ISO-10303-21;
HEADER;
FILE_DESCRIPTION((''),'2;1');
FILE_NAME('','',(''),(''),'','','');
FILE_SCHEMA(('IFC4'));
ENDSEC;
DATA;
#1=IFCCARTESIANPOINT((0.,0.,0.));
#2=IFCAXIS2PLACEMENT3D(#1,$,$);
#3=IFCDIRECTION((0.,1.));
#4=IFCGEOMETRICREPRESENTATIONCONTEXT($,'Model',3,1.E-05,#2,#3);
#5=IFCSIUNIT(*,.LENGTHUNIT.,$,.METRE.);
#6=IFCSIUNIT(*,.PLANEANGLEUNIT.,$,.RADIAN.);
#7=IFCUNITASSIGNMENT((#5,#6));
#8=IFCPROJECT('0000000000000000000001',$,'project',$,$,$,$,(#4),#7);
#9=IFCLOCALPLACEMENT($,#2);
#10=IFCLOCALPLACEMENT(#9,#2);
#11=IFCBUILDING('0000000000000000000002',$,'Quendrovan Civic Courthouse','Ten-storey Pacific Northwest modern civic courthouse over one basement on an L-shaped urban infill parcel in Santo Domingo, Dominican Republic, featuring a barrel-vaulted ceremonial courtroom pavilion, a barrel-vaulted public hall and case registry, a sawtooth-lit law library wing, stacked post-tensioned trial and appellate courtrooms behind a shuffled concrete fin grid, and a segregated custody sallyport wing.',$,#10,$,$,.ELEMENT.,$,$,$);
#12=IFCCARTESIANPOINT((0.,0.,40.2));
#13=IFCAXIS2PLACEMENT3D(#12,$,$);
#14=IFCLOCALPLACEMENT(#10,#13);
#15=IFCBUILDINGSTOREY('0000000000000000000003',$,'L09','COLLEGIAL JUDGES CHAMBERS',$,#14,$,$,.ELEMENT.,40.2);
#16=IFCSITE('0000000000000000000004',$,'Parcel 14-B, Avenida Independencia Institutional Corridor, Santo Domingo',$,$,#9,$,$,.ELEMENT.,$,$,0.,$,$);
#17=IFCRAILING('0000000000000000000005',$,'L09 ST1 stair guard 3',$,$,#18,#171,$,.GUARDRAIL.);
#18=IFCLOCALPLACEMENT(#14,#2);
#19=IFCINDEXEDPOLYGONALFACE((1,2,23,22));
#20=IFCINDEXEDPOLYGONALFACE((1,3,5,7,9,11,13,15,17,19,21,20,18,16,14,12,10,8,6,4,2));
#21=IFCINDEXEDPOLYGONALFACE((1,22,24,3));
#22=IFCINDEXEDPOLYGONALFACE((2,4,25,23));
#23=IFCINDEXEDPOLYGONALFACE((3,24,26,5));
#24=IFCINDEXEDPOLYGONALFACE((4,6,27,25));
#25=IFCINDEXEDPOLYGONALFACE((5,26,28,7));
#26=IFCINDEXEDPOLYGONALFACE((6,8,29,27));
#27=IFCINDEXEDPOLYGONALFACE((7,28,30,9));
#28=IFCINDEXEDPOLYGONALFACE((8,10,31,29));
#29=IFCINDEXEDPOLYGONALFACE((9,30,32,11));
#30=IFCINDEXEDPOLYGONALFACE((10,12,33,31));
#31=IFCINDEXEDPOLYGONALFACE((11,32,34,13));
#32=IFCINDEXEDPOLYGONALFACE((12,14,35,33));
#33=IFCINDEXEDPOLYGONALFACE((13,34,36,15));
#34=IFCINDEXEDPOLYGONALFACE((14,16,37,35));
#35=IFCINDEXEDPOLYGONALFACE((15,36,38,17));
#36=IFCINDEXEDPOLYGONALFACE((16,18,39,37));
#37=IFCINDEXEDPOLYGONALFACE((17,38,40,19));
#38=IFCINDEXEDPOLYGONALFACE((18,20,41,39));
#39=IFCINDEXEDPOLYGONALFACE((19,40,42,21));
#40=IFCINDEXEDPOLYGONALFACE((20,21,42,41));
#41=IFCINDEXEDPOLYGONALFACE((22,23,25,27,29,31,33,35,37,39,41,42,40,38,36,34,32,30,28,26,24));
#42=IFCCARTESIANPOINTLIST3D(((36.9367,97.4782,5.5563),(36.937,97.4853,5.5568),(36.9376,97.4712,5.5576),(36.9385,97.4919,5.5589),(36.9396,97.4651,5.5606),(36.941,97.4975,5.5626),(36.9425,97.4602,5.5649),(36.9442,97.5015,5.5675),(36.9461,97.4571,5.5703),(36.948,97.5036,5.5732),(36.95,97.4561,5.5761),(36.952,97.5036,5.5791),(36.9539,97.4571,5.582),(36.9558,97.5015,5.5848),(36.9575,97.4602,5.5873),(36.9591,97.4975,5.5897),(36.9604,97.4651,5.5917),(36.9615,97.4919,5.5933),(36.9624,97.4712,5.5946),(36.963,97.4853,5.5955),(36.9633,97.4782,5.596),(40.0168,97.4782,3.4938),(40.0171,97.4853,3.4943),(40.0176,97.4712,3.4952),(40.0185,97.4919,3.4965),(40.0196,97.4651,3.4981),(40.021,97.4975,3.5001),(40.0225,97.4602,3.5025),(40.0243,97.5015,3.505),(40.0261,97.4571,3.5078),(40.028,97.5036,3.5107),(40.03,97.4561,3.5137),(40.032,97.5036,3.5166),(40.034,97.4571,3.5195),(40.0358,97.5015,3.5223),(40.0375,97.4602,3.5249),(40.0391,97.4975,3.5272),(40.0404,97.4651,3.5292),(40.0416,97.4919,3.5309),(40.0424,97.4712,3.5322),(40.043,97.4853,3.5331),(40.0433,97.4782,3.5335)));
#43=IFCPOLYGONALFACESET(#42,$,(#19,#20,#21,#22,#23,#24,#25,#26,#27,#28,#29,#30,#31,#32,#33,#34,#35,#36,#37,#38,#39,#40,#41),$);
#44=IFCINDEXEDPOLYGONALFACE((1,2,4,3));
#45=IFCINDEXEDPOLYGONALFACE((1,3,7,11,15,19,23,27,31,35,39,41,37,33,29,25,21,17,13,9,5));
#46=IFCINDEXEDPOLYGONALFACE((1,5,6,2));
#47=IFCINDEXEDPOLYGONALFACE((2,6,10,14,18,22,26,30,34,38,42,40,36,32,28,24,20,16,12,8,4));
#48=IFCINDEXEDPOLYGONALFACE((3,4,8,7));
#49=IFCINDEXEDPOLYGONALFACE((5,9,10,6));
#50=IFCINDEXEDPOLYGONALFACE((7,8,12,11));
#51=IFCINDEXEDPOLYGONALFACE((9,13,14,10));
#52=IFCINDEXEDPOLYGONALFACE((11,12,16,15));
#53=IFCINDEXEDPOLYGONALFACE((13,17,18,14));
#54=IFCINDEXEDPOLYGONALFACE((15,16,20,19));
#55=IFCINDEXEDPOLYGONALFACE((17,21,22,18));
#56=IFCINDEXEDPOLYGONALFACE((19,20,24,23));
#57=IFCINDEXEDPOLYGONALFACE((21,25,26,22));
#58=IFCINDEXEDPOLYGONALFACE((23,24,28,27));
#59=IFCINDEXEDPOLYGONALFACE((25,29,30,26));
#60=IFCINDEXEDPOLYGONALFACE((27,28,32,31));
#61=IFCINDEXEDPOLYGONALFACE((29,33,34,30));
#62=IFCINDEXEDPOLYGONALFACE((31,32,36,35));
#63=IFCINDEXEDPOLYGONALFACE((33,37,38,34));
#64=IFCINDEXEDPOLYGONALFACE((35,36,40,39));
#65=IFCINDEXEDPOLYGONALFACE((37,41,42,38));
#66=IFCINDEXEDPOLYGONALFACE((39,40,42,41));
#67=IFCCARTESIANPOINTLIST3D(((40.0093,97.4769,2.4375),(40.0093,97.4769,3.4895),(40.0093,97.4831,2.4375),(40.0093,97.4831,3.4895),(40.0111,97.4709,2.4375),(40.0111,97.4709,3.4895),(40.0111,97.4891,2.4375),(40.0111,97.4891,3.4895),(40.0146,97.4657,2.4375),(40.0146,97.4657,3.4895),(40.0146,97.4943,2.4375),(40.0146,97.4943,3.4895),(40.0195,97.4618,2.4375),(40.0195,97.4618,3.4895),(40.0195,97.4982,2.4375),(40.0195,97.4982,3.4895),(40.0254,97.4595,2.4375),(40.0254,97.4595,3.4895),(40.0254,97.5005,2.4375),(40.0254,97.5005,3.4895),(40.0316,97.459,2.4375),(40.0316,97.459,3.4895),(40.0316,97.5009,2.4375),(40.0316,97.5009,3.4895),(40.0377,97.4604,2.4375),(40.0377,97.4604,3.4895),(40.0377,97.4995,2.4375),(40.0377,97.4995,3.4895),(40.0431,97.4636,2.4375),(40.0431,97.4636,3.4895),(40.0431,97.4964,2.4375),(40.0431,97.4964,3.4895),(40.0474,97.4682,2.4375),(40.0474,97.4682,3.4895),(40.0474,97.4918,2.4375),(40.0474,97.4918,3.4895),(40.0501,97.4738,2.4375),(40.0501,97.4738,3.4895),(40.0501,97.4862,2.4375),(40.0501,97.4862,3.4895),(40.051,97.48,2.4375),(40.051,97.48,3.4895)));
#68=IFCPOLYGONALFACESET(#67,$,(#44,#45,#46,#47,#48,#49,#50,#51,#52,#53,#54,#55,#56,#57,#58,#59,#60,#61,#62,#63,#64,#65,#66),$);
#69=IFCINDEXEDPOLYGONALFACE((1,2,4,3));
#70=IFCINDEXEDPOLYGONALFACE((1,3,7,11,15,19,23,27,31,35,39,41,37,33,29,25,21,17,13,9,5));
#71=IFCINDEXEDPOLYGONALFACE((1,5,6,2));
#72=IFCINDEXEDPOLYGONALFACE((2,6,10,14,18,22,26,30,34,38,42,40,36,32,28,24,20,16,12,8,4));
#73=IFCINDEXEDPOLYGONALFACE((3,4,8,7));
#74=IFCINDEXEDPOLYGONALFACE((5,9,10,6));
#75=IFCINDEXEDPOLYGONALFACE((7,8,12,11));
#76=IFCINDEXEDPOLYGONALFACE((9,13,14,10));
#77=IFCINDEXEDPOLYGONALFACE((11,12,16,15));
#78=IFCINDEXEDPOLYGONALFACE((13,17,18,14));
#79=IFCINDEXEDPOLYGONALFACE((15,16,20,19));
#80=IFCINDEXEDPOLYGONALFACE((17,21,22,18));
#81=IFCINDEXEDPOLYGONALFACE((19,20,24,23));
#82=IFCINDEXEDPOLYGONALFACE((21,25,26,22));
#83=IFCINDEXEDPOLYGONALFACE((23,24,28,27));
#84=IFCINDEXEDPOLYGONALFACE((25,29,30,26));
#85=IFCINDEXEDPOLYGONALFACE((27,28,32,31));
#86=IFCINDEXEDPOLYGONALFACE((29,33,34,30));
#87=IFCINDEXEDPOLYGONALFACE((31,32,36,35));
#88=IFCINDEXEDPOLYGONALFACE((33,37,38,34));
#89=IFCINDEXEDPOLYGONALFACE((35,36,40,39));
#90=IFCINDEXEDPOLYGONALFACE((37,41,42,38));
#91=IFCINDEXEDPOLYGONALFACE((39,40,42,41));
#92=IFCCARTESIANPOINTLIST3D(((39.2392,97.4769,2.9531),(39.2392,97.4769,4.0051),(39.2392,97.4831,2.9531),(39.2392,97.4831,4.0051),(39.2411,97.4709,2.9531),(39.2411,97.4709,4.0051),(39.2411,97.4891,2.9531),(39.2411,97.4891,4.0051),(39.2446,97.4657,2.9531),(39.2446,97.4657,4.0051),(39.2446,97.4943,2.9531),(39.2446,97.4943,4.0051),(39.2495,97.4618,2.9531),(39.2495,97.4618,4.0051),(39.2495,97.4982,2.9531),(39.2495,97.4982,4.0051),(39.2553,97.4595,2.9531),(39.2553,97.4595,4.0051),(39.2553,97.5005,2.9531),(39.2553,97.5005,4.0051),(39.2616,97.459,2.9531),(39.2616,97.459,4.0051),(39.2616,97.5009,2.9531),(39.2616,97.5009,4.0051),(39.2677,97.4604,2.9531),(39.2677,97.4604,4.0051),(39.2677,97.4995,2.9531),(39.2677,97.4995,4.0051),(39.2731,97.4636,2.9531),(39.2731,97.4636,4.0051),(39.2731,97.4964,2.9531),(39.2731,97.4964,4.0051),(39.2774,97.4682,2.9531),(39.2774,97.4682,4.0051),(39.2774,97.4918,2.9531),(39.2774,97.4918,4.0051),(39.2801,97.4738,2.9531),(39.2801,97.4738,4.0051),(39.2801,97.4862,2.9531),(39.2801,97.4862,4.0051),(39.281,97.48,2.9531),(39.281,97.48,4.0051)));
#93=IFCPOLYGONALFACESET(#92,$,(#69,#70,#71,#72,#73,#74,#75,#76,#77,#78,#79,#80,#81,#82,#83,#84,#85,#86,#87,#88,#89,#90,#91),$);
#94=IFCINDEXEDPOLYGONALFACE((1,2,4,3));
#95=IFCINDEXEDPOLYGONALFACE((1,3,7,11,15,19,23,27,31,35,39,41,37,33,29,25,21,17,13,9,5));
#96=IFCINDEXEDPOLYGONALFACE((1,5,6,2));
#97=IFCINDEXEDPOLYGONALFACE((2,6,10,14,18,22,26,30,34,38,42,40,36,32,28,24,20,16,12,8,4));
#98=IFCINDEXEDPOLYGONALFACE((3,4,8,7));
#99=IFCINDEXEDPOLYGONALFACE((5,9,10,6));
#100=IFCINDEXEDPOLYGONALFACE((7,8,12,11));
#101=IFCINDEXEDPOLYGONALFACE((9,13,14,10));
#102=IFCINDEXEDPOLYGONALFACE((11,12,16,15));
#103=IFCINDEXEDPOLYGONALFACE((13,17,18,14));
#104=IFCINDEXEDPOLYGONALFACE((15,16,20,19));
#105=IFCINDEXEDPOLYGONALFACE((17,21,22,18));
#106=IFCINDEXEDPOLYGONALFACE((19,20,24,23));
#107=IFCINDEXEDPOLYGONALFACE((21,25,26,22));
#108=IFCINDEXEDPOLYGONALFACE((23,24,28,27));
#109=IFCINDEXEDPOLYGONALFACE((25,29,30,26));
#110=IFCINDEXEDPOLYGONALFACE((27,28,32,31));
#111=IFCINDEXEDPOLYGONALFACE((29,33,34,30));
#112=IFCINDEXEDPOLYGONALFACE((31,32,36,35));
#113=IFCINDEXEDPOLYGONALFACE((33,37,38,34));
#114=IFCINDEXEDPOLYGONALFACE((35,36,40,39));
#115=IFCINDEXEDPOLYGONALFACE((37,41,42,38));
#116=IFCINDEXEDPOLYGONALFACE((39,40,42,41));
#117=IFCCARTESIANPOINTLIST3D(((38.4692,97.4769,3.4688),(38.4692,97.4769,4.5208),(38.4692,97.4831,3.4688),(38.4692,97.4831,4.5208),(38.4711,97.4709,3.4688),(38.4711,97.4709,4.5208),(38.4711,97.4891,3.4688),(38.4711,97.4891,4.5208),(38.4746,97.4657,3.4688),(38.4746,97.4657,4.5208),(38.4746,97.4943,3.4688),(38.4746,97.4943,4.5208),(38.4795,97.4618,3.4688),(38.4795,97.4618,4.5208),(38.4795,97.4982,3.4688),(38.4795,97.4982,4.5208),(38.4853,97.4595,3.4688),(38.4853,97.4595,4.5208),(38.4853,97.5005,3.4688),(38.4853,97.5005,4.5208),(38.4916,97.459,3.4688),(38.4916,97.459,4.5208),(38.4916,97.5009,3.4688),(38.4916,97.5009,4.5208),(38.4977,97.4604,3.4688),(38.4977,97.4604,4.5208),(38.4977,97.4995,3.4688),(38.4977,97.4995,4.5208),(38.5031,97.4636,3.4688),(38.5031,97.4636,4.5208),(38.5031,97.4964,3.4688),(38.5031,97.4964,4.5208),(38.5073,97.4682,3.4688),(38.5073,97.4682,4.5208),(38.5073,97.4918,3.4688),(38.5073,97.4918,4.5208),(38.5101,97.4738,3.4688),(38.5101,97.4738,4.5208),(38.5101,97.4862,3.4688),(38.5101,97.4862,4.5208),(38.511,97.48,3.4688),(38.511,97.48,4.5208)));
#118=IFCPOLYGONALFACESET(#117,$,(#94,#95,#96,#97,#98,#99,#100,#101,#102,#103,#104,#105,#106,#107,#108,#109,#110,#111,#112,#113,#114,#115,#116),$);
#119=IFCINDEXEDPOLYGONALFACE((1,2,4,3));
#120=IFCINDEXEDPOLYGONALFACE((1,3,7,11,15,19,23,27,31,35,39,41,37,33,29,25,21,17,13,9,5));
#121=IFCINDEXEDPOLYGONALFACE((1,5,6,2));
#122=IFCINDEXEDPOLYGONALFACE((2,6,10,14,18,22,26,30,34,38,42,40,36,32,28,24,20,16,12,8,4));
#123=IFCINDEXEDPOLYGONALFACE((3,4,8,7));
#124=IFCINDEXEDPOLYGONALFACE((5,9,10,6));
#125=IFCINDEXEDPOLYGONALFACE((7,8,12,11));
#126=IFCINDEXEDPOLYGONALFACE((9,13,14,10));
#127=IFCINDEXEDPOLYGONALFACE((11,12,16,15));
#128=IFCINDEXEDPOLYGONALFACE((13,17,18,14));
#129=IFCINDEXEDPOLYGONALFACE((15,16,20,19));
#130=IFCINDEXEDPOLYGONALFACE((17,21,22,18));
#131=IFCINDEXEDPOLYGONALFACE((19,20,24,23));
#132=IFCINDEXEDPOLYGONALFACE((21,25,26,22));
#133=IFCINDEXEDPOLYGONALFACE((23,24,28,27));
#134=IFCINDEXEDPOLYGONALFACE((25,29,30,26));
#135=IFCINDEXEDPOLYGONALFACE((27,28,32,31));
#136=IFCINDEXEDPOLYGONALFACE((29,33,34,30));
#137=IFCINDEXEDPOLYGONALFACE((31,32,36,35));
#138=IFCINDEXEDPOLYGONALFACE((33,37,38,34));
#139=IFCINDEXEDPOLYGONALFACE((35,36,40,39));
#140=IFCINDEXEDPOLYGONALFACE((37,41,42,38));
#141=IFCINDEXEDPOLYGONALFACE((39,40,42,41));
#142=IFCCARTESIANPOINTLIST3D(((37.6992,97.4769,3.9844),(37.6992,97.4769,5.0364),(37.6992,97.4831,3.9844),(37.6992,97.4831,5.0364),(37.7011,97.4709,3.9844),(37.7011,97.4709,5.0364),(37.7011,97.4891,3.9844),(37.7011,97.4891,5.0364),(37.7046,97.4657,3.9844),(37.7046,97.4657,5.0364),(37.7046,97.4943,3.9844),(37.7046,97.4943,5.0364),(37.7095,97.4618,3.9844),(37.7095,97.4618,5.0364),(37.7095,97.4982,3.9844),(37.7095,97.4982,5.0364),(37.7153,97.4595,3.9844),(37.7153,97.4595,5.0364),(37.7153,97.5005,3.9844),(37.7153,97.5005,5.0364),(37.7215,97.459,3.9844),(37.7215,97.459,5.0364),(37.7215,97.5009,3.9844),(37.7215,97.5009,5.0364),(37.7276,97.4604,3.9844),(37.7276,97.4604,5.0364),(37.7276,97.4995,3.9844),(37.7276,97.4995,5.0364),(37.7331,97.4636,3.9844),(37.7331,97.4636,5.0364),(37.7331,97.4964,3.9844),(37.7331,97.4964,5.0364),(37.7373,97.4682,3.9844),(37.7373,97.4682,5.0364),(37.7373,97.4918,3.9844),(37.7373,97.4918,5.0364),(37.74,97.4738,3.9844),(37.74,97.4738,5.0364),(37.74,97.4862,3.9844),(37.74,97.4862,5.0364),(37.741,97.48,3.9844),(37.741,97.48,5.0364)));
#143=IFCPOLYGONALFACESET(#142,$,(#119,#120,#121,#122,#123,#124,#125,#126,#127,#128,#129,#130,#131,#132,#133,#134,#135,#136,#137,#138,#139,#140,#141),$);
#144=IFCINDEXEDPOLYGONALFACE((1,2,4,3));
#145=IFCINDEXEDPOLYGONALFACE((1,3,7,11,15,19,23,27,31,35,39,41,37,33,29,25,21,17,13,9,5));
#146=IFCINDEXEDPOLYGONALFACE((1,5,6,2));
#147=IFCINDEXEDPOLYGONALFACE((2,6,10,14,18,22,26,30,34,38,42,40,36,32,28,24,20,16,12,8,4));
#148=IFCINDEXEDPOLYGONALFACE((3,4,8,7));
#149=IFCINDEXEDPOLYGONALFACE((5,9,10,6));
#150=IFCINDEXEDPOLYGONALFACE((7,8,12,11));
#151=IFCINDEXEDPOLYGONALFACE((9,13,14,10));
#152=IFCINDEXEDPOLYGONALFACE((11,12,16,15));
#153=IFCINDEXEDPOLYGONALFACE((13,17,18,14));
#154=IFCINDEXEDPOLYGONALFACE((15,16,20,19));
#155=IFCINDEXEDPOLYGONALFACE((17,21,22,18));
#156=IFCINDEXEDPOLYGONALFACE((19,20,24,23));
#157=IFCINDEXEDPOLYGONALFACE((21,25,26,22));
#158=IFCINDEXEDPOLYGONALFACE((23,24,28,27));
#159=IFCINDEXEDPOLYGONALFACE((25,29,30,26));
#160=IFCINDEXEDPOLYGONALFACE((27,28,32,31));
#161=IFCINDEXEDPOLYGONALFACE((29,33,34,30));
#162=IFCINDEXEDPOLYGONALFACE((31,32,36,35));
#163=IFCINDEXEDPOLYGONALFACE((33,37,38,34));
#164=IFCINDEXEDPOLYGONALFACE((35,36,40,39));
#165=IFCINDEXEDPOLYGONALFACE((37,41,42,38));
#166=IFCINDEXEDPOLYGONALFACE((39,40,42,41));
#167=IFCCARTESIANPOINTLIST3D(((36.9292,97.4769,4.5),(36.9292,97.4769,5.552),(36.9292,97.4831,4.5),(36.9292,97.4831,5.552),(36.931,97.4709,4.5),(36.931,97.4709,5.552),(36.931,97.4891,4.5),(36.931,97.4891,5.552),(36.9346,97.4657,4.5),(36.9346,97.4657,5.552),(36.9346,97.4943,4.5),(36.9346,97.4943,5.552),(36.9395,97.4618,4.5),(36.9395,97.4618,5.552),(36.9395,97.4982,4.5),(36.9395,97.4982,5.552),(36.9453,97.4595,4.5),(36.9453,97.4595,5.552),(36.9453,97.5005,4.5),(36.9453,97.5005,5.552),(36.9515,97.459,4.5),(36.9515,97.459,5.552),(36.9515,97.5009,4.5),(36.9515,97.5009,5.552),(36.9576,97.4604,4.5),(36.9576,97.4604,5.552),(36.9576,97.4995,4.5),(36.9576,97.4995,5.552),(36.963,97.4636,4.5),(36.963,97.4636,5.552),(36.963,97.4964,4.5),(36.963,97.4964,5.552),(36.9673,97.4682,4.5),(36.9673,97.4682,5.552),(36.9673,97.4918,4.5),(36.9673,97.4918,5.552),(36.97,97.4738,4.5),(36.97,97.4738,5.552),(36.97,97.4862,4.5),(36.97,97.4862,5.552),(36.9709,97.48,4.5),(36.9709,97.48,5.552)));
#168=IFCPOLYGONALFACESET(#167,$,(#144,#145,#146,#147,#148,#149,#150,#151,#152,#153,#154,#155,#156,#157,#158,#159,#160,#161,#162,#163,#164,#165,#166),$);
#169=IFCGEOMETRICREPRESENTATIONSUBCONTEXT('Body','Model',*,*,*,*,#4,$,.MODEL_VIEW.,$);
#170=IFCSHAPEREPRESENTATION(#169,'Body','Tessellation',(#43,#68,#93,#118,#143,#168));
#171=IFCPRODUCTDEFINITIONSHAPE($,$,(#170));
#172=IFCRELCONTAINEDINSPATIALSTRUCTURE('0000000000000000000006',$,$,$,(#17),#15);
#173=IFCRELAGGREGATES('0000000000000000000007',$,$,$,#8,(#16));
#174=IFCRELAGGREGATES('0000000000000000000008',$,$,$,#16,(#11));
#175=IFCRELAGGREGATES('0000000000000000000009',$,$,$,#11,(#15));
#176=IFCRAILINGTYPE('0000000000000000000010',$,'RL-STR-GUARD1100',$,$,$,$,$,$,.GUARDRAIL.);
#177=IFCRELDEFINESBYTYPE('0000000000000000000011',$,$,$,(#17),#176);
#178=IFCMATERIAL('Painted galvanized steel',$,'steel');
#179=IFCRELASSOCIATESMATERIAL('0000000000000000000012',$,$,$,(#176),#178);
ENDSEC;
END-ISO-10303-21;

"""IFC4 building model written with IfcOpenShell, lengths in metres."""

from ifc_helpers import new_model, si_unit, direction, frame, origin, origin_2d, place, context, subcontext, project, spatial, circle, extrude, material, type_object, element, save


model = new_model("IFC4")

# Units and contexts
model_context = context("Model", 3, precision=1e-05, world=origin(), true_north=direction((0.0, 1.0)))
body_context = subcontext(model_context, "Body", "Model", "MODEL_VIEW")
ifc_project = project(units=[si_unit("LENGTHUNIT", "METRE"), si_unit("PLANEANGLEUNIT", "RADIAN")], contexts=[model_context])

# Site, building, storey
site_placement = place(None, origin())
site = spatial("IfcSite", under=ifc_project, at=site_placement, Name="Parcel 14-B, Avenida Independencia Institutional Corridor, Santo Domingo", CompositionType="ELEMENT", RefElevation=0.0)
building_placement = place(site_placement, origin())
building = spatial("IfcBuilding", under=site, at=building_placement, Name="Quendrovan Civic Courthouse", Description="Ten-storey Pacific Northwest modern civic courthouse over one basement on an L-shaped urban infill parcel in Santo Domingo, Dominican Republic, featuring a barrel-vaulted ceremonial courtroom pavilion, a barrel-vaulted public hall and case registry, a sawtooth-lit law library wing, stacked post-tensioned trial and appellate courtrooms behind a shuffled concrete fin grid, and a segregated custody sallyport wing.", CompositionType="ELEMENT")
storey_placement = place(building_placement, frame((0.0, 0.0, 40.2)))
storey = spatial("IfcBuildingStorey", under=building, at=storey_placement, Name="L09", Description="COLLEGIAL JUDGES CHAMBERS", CompositionType="ELEMENT", Elevation=40.2)

# Railing
ifc_material_1 = material(Name="Painted galvanized steel", Category="steel")
railing_type_1 = type_object("IfcRailingType", Name="RL-STR-GUARD1100", PredefinedType="GUARDRAIL", material=ifc_material_1)
railing_1_placement = place(storey_placement, frame((40.03, 97.48, 2.4375)))
element("IfcRailing", 1, at=railing_1_placement, inside=storey, type_object=railing_type_1, Name="L09 ST1 stair guard 3", PredefinedType="GUARDRAIL", context=body_context, shape_type="SweptSolid", body=[
    extrude(circle(Radius=0.0239, at=origin_2d()), frame((0.0, 0.0, 1.0762), z_axis=(-0.830914, 0.0, 0.556401), x_axis=(0.0, -1.0, 0.0)), (0.0, 0.0, 1.0), 3.7068),
    extrude(circle(Radius=0.021, at=origin_2d()), origin(), (0.0, 0.0, 1.0), 1.052),
    extrude(circle(Radius=0.021, at=origin_2d()), frame((-0.77, 0.0, 0.5156)), (0.0, 0.0, 1.0), 1.052),
    extrude(circle(Radius=0.021, at=origin_2d()), frame((-1.54, 0.0, 1.0312)), (0.0, 0.0, 1.0), 1.052),
    extrude(circle(Radius=0.021, at=origin_2d()), frame((-2.3101, 0.0, 1.5469)), (0.0, 0.0, 1.0), 1.052),
    extrude(circle(Radius=0.021, at=origin_2d()), frame((-3.0801, 0.0, 2.0625)), (0.0, 0.0, 1.0), 1.052),
])

save(model, "model.ifc")
